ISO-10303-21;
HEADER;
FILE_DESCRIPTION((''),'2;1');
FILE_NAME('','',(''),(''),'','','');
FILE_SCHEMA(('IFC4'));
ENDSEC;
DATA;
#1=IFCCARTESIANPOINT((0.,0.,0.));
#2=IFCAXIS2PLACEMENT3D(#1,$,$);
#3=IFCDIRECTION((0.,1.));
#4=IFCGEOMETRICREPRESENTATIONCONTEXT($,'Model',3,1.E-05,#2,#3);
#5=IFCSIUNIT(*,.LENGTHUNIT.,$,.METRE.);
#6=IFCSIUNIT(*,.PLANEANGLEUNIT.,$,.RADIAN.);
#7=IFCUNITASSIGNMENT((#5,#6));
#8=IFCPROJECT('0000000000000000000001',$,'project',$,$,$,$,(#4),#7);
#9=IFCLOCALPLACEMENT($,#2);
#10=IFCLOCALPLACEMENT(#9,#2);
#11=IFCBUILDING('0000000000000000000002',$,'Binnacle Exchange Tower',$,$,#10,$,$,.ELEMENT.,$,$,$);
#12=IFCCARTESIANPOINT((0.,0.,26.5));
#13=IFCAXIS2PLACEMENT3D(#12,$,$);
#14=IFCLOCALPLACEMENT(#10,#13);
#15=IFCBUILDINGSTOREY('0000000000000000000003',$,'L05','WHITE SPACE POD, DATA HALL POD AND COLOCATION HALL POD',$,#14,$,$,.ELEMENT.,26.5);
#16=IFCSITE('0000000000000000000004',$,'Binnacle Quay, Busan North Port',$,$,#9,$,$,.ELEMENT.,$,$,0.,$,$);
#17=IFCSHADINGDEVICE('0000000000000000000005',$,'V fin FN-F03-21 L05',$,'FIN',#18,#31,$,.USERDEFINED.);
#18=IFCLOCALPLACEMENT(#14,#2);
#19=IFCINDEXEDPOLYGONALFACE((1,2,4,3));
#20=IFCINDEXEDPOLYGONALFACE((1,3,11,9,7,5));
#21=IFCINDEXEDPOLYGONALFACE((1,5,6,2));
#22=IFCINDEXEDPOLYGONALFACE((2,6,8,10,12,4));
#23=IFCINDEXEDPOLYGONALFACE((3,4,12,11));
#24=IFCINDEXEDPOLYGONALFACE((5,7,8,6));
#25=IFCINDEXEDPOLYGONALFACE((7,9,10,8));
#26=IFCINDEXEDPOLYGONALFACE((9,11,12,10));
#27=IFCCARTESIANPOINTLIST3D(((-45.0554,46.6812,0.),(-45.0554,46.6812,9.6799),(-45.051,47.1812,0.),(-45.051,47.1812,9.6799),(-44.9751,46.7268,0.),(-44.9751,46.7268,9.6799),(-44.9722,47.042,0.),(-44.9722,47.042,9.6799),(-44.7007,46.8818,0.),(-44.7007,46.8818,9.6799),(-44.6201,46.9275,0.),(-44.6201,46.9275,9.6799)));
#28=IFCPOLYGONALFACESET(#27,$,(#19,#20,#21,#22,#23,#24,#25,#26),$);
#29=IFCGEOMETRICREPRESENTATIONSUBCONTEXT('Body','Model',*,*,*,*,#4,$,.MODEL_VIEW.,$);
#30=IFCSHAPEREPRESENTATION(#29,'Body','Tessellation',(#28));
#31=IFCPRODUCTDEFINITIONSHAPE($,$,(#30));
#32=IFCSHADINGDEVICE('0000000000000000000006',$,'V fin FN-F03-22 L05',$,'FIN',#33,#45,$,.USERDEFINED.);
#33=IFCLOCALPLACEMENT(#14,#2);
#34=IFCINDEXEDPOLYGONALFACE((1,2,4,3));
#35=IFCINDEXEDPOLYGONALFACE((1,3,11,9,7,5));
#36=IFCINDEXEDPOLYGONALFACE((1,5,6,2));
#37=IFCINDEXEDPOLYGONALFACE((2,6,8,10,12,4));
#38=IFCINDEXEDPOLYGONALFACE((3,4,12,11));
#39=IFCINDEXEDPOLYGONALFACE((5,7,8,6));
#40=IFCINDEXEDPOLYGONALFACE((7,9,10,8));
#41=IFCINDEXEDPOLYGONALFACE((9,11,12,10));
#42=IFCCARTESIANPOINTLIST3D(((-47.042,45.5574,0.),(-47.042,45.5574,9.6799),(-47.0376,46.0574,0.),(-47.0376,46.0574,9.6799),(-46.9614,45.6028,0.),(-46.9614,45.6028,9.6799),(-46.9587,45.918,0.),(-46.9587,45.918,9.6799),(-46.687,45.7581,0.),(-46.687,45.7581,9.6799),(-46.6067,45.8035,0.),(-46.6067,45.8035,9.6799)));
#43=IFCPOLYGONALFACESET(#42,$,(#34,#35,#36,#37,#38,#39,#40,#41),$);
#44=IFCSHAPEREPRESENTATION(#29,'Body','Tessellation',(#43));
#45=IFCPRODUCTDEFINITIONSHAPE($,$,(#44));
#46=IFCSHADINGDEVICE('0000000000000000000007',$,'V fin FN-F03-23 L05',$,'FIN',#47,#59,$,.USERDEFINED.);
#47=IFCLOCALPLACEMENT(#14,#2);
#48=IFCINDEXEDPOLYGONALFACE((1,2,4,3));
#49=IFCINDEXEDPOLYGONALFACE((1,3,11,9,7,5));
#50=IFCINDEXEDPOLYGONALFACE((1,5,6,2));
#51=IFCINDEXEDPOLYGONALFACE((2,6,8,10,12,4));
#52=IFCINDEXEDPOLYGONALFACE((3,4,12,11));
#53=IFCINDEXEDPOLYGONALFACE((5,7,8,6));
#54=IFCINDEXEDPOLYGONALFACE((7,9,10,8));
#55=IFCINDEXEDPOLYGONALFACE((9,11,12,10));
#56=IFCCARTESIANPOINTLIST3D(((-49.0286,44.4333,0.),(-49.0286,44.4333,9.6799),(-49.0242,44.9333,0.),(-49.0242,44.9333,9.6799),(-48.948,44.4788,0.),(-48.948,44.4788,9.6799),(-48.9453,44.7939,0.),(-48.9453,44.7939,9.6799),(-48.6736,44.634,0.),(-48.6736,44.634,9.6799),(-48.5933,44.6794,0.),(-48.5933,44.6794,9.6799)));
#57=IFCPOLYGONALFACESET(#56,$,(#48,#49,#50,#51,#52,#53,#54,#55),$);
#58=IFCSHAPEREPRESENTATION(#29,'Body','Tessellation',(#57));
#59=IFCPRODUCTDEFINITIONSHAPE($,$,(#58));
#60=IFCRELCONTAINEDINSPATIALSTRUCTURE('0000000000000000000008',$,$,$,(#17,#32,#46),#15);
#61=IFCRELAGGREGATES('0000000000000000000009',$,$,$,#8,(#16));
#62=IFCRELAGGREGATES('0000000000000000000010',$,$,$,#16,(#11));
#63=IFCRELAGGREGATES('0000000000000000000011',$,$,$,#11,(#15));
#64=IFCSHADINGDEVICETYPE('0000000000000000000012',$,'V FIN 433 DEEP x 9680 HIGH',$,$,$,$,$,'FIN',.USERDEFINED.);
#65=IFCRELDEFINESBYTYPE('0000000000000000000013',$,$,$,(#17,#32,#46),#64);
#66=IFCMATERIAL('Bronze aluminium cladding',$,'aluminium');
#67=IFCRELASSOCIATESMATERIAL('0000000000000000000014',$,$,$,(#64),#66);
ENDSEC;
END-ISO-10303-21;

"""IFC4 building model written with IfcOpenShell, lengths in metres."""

from ifc_helpers import new_model, si_unit, direction, frame, origin, place, context, subcontext, project, spatial, polyline, outline, extrude, material, type_object, element, save


model = new_model("IFC4")

# Units and contexts
model_context = context("Model", 3, precision=1e-05, world=origin(), true_north=direction((0.0, 1.0)))
body_context = subcontext(model_context, "Body", "Model", "MODEL_VIEW")
ifc_project = project(units=[si_unit("LENGTHUNIT", "METRE"), si_unit("PLANEANGLEUNIT", "RADIAN")], contexts=[model_context])

# Site, building, storey
site_placement = place(None, origin())
site = spatial("IfcSite", under=ifc_project, at=site_placement, Name="Binnacle Quay, Busan North Port", CompositionType="ELEMENT", RefElevation=0.0)
building_placement = place(site_placement, origin())
building = spatial("IfcBuilding", under=site, at=building_placement, Name="Binnacle Exchange Tower", CompositionType="ELEMENT")
storey_placement = place(building_placement, frame((0.0, 0.0, 26.5)))
storey = spatial("IfcBuildingStorey", under=building, at=storey_placement, Name="L05", Description="WHITE SPACE POD, DATA HALL POD AND COLOCATION HALL POD", CompositionType="ELEMENT", Elevation=26.5)

# Shading devices
ifc_material = material(Name="Bronze aluminium cladding", Category="aluminium")
shading_device_type = type_object("IfcShadingDeviceType", Name="V FIN 433 DEEP x 9680 HIGH", ElementType="FIN", PredefinedType="USERDEFINED", material=ifc_material)
shading_device_1_placement = place(storey_placement, origin())
element("IfcShadingDevice", 1, at=shading_device_1_placement, inside=storey, type_object=shading_device_type, Name="V fin FN-F03-21 L05", ObjectType="FIN", PredefinedType="USERDEFINED", context=body_context, shape_type="SweptSolid", body=[
    extrude(outline(polyline([(-44.6201, 46.9275), (-45.051, 47.1812), (-45.0554, 46.6812), (-44.9751, 46.7268), (-44.9722, 47.042), (-44.7007, 46.8818), (-44.6201, 46.9275)])), origin(), (0.0, 0.0, 1.0), 9.6799),
])
shading_device_2_placement = place(storey_placement, origin())
element("IfcShadingDevice", 2, at=shading_device_2_placement, inside=storey, type_object=shading_device_type, Name="V fin FN-F03-22 L05", ObjectType="FIN", PredefinedType="USERDEFINED", context=body_context, shape_type="SweptSolid", body=[
    extrude(outline(polyline([(-46.6067, 45.8035), (-47.0376, 46.0574), (-47.042, 45.5574), (-46.9614, 45.6028), (-46.9587, 45.918), (-46.687, 45.7581), (-46.6067, 45.8035)])), origin(), (0.0, 0.0, 1.0), 9.6799),
])
shading_device_3_placement = place(storey_placement, origin())
element("IfcShadingDevice", 3, at=shading_device_3_placement, inside=storey, type_object=shading_device_type, Name="V fin FN-F03-23 L05", ObjectType="FIN", PredefinedType="USERDEFINED", context=body_context, shape_type="SweptSolid", body=[
    extrude(outline(polyline([(-48.5933, 44.6794), (-49.0242, 44.9333), (-49.0286, 44.4333), (-48.948, 44.4788), (-48.9453, 44.7939), (-48.6736, 44.634), (-48.5933, 44.6794)])), origin(), (0.0, 0.0, 1.0), 9.6799),
])

save(model, "model.ifc")
